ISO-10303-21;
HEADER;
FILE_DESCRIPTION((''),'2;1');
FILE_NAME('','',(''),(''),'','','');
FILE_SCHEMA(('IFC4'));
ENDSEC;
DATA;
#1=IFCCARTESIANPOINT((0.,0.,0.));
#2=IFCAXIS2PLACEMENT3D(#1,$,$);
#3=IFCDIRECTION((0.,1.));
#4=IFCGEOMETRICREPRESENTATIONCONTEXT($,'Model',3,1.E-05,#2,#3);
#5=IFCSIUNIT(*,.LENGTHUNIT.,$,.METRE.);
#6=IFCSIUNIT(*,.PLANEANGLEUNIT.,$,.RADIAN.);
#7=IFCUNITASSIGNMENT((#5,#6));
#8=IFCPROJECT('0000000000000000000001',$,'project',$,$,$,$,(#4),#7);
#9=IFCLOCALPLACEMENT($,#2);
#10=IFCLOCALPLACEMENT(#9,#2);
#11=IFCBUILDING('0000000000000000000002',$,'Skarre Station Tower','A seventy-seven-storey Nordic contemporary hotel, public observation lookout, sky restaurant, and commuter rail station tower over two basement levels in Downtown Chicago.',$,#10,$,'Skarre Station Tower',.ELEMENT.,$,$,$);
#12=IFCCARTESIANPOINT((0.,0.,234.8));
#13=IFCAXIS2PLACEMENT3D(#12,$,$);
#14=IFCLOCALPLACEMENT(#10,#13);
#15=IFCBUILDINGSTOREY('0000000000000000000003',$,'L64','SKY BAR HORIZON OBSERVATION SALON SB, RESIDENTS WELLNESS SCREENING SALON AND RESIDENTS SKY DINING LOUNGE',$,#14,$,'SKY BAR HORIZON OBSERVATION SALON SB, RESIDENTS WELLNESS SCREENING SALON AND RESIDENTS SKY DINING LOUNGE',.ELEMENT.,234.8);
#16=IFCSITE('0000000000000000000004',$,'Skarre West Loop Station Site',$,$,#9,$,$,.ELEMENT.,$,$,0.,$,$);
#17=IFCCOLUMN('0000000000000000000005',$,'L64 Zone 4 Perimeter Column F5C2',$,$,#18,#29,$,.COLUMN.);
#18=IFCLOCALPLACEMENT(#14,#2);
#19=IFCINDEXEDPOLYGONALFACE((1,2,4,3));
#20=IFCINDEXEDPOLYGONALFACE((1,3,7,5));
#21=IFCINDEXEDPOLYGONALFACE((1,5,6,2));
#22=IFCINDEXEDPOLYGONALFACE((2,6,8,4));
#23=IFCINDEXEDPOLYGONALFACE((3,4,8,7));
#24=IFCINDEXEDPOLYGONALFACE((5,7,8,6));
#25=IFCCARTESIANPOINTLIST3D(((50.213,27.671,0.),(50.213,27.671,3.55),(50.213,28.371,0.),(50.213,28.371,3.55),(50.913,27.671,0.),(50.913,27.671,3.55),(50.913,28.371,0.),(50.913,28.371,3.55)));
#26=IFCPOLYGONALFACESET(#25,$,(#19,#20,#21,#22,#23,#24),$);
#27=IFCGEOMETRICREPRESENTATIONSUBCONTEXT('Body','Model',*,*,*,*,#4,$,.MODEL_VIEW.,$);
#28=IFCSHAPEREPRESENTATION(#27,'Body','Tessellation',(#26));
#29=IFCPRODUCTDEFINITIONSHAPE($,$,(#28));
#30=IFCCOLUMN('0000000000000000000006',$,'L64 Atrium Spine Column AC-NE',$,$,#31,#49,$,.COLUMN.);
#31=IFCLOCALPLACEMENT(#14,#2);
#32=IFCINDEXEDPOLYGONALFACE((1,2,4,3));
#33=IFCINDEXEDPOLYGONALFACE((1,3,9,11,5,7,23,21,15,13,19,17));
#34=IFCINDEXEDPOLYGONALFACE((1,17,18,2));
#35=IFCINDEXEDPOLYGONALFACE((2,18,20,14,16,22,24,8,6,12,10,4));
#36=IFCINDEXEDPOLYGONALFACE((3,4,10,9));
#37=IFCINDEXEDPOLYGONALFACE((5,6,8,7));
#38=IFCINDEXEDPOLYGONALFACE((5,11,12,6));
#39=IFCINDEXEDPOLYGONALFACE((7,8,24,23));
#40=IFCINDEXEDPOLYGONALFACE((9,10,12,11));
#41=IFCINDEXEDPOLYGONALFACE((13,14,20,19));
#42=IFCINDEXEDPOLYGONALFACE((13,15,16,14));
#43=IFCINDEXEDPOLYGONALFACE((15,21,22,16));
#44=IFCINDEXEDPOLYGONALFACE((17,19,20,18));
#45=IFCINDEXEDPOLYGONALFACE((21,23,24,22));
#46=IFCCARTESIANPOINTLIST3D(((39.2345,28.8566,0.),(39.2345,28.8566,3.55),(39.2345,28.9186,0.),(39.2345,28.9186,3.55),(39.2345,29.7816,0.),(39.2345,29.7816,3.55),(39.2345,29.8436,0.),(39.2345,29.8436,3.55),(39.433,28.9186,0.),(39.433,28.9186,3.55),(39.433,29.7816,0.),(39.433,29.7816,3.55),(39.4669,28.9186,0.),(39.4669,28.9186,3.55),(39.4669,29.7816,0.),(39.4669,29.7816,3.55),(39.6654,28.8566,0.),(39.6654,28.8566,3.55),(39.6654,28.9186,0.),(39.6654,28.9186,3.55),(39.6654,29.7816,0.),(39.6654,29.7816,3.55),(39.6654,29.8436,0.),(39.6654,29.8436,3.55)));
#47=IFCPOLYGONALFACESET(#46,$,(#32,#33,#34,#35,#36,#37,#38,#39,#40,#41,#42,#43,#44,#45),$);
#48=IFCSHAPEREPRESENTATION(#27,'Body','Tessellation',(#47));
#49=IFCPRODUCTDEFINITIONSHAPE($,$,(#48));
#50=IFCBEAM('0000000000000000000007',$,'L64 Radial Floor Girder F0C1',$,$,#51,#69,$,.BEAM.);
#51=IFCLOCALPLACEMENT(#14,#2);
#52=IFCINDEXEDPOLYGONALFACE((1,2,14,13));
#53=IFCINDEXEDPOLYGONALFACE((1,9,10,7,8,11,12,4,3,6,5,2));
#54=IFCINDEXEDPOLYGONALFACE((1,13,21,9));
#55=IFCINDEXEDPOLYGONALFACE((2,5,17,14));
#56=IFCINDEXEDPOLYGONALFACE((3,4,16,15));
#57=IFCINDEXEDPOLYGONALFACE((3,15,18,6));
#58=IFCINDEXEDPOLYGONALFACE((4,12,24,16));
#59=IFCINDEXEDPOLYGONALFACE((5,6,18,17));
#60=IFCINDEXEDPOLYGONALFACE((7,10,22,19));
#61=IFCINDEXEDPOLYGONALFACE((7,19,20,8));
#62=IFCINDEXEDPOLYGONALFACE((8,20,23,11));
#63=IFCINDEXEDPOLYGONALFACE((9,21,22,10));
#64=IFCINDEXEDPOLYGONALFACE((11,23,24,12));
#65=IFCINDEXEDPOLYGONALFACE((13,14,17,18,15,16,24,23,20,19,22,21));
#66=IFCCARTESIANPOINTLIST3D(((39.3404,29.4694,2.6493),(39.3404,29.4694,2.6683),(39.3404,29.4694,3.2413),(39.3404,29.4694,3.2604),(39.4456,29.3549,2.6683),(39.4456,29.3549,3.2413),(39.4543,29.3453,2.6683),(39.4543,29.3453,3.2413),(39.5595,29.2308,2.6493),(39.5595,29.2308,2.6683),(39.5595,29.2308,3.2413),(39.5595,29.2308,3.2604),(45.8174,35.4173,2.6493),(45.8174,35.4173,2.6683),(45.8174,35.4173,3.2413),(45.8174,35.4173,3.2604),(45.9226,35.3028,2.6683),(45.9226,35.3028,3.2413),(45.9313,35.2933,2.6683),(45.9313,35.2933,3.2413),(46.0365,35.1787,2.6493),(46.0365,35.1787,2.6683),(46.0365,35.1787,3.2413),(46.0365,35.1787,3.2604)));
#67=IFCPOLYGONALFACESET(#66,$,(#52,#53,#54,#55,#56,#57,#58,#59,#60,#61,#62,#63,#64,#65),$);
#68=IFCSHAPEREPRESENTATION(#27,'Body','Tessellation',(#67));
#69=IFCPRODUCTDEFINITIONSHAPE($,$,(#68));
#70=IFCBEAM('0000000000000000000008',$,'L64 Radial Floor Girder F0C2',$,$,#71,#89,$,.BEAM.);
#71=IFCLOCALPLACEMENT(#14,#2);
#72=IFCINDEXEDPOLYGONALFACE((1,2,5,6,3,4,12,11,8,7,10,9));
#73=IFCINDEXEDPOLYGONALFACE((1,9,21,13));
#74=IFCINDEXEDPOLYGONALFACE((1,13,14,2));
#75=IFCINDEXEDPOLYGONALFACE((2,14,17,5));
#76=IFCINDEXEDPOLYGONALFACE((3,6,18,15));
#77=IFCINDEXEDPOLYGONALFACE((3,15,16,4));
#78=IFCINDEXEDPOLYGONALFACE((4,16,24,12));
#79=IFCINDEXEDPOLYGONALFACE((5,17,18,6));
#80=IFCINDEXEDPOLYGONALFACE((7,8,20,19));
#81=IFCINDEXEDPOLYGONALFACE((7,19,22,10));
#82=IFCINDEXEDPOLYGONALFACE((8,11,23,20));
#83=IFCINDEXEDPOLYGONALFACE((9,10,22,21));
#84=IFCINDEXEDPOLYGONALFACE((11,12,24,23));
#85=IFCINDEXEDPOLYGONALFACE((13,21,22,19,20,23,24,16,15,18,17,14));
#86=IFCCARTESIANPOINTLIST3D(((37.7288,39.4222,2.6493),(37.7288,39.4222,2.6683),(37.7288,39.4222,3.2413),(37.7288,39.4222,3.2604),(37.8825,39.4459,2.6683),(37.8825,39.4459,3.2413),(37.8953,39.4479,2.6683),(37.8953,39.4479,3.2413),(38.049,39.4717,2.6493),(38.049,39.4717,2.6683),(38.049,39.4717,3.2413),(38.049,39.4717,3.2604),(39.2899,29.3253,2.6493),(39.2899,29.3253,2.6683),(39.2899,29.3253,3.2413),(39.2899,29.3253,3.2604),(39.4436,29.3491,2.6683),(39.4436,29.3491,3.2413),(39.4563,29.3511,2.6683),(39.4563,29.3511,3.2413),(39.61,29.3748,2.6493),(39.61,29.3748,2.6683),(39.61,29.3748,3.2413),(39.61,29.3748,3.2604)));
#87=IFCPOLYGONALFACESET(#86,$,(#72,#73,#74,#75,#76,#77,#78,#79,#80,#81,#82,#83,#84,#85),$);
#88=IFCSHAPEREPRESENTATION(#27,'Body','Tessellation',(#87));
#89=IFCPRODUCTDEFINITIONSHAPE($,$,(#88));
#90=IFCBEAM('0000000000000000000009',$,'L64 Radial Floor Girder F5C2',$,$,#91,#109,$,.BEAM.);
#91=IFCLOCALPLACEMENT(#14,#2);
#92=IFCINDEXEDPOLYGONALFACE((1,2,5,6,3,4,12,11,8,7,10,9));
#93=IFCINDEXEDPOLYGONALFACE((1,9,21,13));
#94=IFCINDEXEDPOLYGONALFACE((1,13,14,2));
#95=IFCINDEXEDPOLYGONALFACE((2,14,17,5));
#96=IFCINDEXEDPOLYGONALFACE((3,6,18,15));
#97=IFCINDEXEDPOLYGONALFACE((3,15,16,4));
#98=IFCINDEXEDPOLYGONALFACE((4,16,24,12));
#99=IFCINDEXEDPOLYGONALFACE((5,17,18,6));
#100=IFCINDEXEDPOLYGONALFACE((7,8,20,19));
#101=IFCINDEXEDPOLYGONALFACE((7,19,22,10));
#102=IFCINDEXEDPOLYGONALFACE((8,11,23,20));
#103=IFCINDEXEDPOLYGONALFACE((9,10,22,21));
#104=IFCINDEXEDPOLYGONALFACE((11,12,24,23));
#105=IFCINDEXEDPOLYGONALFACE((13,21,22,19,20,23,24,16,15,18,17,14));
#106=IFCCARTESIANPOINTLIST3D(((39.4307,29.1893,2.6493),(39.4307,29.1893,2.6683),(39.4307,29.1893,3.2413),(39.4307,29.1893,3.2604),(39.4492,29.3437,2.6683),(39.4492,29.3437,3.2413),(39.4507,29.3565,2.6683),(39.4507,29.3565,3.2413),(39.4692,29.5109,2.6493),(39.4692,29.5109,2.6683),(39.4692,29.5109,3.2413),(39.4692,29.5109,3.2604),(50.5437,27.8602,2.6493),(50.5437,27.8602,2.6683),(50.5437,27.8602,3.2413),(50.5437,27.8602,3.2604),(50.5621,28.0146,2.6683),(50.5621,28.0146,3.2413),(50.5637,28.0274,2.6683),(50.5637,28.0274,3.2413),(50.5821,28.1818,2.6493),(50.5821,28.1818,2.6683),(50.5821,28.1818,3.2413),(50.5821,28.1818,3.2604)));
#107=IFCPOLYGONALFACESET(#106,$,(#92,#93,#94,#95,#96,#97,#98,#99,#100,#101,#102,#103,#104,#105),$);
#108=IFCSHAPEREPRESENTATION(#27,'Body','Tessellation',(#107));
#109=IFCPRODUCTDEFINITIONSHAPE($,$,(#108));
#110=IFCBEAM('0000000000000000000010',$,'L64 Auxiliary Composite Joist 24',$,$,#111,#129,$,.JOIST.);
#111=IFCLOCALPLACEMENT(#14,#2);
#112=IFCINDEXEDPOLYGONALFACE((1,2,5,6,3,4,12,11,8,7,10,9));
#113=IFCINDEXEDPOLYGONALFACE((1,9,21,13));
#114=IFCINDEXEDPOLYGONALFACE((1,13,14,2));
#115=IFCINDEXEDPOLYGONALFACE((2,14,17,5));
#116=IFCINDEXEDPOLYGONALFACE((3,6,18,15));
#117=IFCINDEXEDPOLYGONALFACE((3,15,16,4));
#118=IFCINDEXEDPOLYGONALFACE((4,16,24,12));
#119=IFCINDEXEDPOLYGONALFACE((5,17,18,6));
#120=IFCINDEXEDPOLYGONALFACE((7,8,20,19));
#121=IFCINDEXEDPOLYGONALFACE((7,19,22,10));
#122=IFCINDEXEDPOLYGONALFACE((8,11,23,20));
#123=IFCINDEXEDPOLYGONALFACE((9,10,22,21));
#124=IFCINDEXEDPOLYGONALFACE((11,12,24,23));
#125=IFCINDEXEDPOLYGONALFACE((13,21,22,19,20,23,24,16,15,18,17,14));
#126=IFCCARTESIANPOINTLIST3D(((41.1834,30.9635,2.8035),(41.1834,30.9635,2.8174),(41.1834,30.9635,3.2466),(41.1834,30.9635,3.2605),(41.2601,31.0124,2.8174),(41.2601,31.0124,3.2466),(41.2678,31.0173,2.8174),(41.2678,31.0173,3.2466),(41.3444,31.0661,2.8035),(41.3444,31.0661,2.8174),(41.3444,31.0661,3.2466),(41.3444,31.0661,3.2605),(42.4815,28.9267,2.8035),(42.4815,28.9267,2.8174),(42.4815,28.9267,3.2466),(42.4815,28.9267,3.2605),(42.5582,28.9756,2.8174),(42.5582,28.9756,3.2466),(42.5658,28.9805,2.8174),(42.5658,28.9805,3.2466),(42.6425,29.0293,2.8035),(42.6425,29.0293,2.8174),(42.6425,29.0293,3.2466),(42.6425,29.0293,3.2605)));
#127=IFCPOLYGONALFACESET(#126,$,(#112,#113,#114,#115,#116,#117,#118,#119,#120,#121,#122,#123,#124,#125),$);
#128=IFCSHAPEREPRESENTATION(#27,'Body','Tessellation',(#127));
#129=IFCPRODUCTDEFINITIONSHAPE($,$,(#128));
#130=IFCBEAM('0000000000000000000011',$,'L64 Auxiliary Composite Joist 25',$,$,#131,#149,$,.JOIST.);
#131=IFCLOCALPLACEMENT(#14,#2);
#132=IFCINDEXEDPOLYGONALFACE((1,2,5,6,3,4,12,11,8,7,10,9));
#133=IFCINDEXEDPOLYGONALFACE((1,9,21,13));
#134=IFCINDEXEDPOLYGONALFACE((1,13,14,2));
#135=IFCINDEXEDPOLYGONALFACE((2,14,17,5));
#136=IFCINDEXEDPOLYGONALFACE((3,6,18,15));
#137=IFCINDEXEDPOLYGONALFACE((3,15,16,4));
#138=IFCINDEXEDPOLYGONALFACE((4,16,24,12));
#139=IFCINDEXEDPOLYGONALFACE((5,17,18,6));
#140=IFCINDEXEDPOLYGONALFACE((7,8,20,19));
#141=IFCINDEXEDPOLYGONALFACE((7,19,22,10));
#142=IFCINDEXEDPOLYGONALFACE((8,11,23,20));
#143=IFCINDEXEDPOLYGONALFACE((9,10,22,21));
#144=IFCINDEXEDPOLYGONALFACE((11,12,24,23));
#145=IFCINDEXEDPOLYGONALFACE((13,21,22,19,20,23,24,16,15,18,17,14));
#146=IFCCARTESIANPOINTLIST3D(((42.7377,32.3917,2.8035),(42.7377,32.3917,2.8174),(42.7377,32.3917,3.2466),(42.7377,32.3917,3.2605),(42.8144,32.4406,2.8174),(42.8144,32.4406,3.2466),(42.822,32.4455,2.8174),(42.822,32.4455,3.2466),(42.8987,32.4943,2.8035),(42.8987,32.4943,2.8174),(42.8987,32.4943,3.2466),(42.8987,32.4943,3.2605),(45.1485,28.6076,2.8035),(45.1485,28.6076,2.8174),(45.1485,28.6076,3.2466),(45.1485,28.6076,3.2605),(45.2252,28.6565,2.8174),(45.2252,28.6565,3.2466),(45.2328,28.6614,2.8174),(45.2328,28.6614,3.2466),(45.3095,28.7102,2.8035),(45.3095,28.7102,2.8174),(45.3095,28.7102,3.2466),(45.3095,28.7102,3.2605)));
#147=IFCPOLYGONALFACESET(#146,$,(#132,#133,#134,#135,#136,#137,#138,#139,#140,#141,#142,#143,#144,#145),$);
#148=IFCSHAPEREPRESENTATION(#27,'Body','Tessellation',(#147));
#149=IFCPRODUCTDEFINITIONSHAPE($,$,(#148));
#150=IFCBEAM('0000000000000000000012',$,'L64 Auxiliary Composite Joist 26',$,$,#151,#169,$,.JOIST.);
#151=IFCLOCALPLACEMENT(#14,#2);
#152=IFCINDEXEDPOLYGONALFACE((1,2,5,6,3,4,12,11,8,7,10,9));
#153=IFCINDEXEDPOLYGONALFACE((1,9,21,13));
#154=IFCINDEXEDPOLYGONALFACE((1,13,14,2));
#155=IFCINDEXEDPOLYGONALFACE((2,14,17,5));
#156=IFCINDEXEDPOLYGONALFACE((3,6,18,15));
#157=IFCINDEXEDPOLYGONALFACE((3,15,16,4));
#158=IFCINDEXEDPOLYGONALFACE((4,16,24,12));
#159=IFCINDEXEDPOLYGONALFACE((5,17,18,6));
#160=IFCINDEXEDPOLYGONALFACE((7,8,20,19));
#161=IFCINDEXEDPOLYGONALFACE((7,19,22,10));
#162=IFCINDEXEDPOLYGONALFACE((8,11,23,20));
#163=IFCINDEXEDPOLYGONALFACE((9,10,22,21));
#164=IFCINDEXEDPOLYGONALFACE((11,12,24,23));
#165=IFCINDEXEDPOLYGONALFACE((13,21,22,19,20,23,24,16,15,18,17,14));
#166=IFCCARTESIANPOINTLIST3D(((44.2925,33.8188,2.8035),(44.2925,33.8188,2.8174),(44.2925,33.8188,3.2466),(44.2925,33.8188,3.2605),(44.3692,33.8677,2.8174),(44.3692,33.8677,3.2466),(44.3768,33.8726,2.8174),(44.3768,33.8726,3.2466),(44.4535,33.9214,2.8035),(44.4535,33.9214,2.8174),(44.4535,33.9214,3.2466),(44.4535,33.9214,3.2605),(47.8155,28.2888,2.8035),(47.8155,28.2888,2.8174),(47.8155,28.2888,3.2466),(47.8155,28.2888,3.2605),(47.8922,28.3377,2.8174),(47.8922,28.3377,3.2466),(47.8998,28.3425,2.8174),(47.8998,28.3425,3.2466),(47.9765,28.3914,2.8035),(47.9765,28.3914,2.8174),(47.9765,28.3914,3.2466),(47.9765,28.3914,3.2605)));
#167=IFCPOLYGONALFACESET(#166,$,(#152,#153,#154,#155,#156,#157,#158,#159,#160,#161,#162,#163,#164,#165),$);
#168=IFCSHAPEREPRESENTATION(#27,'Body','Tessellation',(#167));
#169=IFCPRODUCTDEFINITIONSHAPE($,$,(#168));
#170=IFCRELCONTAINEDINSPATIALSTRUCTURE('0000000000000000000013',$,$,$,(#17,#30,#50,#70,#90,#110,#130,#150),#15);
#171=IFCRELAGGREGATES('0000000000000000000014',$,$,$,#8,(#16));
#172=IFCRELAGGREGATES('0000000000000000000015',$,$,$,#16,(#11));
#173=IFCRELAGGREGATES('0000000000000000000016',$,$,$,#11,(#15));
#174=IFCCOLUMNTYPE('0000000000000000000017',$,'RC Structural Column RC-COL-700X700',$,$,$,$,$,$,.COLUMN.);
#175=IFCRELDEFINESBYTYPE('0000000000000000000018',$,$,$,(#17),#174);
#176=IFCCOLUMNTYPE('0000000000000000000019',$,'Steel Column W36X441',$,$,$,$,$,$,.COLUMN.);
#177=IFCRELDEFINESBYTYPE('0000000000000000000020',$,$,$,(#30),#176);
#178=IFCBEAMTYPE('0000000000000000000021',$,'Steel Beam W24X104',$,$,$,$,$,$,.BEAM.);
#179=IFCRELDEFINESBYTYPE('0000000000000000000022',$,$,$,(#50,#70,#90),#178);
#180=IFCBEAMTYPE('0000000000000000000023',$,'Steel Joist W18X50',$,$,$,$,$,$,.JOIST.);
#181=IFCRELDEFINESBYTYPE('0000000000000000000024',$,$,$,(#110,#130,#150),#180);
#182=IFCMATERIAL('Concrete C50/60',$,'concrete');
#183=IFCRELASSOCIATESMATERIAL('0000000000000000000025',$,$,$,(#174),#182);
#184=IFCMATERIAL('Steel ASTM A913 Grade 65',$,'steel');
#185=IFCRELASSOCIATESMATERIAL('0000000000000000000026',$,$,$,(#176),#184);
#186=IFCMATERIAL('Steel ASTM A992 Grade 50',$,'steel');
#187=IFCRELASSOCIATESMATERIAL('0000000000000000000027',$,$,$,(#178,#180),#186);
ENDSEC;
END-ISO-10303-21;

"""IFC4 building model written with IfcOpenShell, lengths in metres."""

from ifc_helpers import new_model, si_unit, direction, frame, origin, origin_2d, place, context, subcontext, project, spatial, rectangle, i_section, extrude, material, material_profile, profile_set, type_object, element, save


model = new_model("IFC4")

# Units and contexts
model_context = context("Model", 3, precision=1e-05, world=origin(), true_north=direction((0.0, 1.0)))
body_context = subcontext(model_context, "Body", "Model", "MODEL_VIEW")
ifc_project = project(units=[si_unit("LENGTHUNIT", "METRE"), si_unit("PLANEANGLEUNIT", "RADIAN")], contexts=[model_context])

# Site, building, storey
site_placement = place(None, origin())
site = spatial("IfcSite", under=ifc_project, at=site_placement, Name="Skarre West Loop Station Site", CompositionType="ELEMENT", RefElevation=0.0)
building_placement = place(site_placement, origin())
building = spatial("IfcBuilding", under=site, at=building_placement, Name="Skarre Station Tower", Description="A seventy-seven-storey Nordic contemporary hotel, public observation lookout, sky restaurant, and commuter rail station tower over two basement levels in Downtown Chicago.", LongName="Skarre Station Tower", CompositionType="ELEMENT")
storey_placement = place(building_placement, frame((0.0, 0.0, 234.8)))
storey = spatial("IfcBuildingStorey", under=building, at=storey_placement, Name="L64", Description="SKY BAR HORIZON OBSERVATION SALON SB, RESIDENTS WELLNESS SCREENING SALON AND RESIDENTS SKY DINING LOUNGE", LongName="SKY BAR HORIZON OBSERVATION SALON SB, RESIDENTS WELLNESS SCREENING SALON AND RESIDENTS SKY DINING LOUNGE", CompositionType="ELEMENT", Elevation=234.8)

# Columns
ifc_material_1 = material(Name="Concrete C50/60", Category="concrete")
ifc_material_profile_1 = material_profile(ifc_material_1, rectangle(XDim=0.7, YDim=0.7, at=origin_2d()), Name="Concrete C50/60")
ifc_profile_set_1 = profile_set([ifc_material_profile_1], Name="Concrete C50/60")
column_type_1 = type_object("IfcColumnType", Name="RC Structural Column RC-COL-700X700", PredefinedType="COLUMN", material=ifc_profile_set_1)
column_1_placement = place(storey_placement, frame((50.563, 28.021, 0.0), z_axis=(0.0, 0.0, 1.0), x_axis=(1.0, 0.0, 0.0)))
element("IfcColumn", 1, at=column_1_placement, inside=storey, type_object=column_type_1, Name="L64 Zone 4 Perimeter Column F5C2", PredefinedType="COLUMN", context=body_context, shape_type="SweptSolid", body=[
    extrude(rectangle(XDim=0.7, YDim=0.7, at=origin_2d()), origin(), (0.0, 0.0, 1.0), 3.55),
])
ifc_material_2 = material(Name="Steel ASTM A913 Grade 65", Category="steel")
ifc_material_profile_2 = material_profile(ifc_material_2, i_section(OverallWidth=0.4309, OverallDepth=0.9871, WebThickness=0.0339, FlangeThickness=0.062, at=origin_2d()), Name="Steel ASTM A913 Grade 65")
ifc_profile_set_2 = profile_set([ifc_material_profile_2], Name="Steel ASTM A913 Grade 65")
column_type_2 = type_object("IfcColumnType", Name="Steel Column W36X441", PredefinedType="COLUMN", material=ifc_profile_set_2)
column_2_placement = place(storey_placement, frame((39.45, 29.3501, 0.0), z_axis=(0.0, 0.0, 1.0), x_axis=(1.0, 0.0, 0.0)))
element("IfcColumn", 2, at=column_2_placement, inside=storey, type_object=column_type_2, Name="L64 Atrium Spine Column AC-NE", PredefinedType="COLUMN", context=body_context, shape_type="SweptSolid", body=[
    extrude(i_section(OverallWidth=0.4309, OverallDepth=0.9871, WebThickness=0.0339, FlangeThickness=0.062, at=origin_2d()), origin(), (0.0, 0.0, 1.0), 3.55),
])

# Beams
ifc_material_3 = material(Name="Steel ASTM A992 Grade 50", Category="steel")
ifc_material_profile_3 = material_profile(ifc_material_3, i_section(OverallWidth=0.324, OverallDepth=0.6111, WebThickness=0.0129, FlangeThickness=0.019, at=origin_2d()), Name="Steel ASTM A992 Grade 50")
ifc_profile_set_3 = profile_set([ifc_material_profile_3], Name="Steel ASTM A992 Grade 50")
beam_type_1 = type_object("IfcBeamType", Name="Steel Beam W24X104", PredefinedType="BEAM", material=ifc_profile_set_3)
beam_1_placement = place(storey_placement, frame((39.45, 29.3501, 2.9548), z_axis=(0.736548, 0.676386, 0.0), x_axis=(-0.676386, 0.736548, 0.0)))
element("IfcBeam", 3, at=beam_1_placement, inside=storey, type_object=beam_type_1, Name="L64 Radial Floor Girder F0C1", PredefinedType="BEAM", context=body_context, shape_type="SweptSolid", body=[
    extrude(i_section(OverallWidth=0.324, OverallDepth=0.6111, WebThickness=0.0129, FlangeThickness=0.019, at=origin_2d()), origin(), (0.0, 0.0, 1.0), 8.7937),
])
beam_2_placement = place(storey_placement, frame((39.45, 29.3501, 2.9548), z_axis=(-0.15279, 0.988259, 0.0), x_axis=(-0.988259, -0.15279, 0.0)))
element("IfcBeam", 4, at=beam_2_placement, inside=storey, type_object=beam_type_1, Name="L64 Radial Floor Girder F0C2", PredefinedType="BEAM", context=body_context, shape_type="SweptSolid", body=[
    extrude(i_section(OverallWidth=0.324, OverallDepth=0.6111, WebThickness=0.0129, FlangeThickness=0.019, at=origin_2d()), origin(), (0.0, 0.0, 1.0), 10.2168),
])
beam_3_placement = place(storey_placement, frame((39.45, 29.3501, 2.9548), z_axis=(0.992924, -0.118752, 0.0), x_axis=(0.118752, 0.992924, 0.0)))
element("IfcBeam", 5, at=beam_3_placement, inside=storey, type_object=beam_type_1, Name="L64 Radial Floor Girder F5C2", PredefinedType="BEAM", context=body_context, shape_type="SweptSolid", body=[
    extrude(i_section(OverallWidth=0.324, OverallDepth=0.6111, WebThickness=0.0129, FlangeThickness=0.019, at=origin_2d()), origin(), (0.0, 0.0, 1.0), 11.1921),
])
ifc_material_profile_4 = material_profile(ifc_material_3, i_section(OverallWidth=0.1909, OverallDepth=0.457, WebThickness=0.009, FlangeThickness=0.0139, at=origin_2d()), Name="Steel ASTM A992 Grade 50")
ifc_profile_set_4 = profile_set([ifc_material_profile_4], Name="Steel ASTM A992 Grade 50")
beam_type_2 = type_object("IfcBeamType", Name="Steel Joist W18X50", PredefinedType="JOIST", material=ifc_profile_set_4)
beam_4_placement = place(storey_placement, frame((42.562, 28.978, 3.032), z_axis=(-0.537438, 0.843303, 0.0), x_axis=(-0.843303, -0.537438, 0.0)))
element("IfcBeam", 6, at=beam_4_placement, inside=storey, type_object=beam_type_2, Name="L64 Auxiliary Composite Joist 24", PredefinedType="JOIST", context=body_context, shape_type="SweptSolid", body=[
    extrude(i_section(OverallWidth=0.1909, OverallDepth=0.457, WebThickness=0.009, FlangeThickness=0.0139, at=origin_2d()), origin(), (0.0, 0.0, 1.0), 2.4153),
])
beam_5_placement = place(storey_placement, frame((45.229, 28.6589, 3.032), z_axis=(-0.537316, 0.843381, 0.0), x_axis=(-0.843381, -0.537316, 0.0)))
element("IfcBeam", 7, at=beam_5_placement, inside=storey, type_object=beam_type_2, Name="L64 Auxiliary Composite Joist 25", PredefinedType="JOIST", context=body_context, shape_type="SweptSolid", body=[
    extrude(i_section(OverallWidth=0.1909, OverallDepth=0.457, WebThickness=0.009, FlangeThickness=0.0139, at=origin_2d()), origin(), (0.0, 0.0, 1.0), 4.4868),
])
beam_6_placement = place(storey_placement, frame((47.896, 28.3401, 3.032), z_axis=(-0.537292, 0.843396, 0.0), x_axis=(-0.843396, -0.537292, 0.0)))
element("IfcBeam", 8, at=beam_6_placement, inside=storey, type_object=beam_type_2, Name="L64 Auxiliary Composite Joist 26", PredefinedType="JOIST", context=body_context, shape_type="SweptSolid", body=[
    extrude(i_section(OverallWidth=0.1909, OverallDepth=0.457, WebThickness=0.009, FlangeThickness=0.0139, at=origin_2d()), origin(), (0.0, 0.0, 1.0), 6.5569),
])

save(model, "model.ifc")
